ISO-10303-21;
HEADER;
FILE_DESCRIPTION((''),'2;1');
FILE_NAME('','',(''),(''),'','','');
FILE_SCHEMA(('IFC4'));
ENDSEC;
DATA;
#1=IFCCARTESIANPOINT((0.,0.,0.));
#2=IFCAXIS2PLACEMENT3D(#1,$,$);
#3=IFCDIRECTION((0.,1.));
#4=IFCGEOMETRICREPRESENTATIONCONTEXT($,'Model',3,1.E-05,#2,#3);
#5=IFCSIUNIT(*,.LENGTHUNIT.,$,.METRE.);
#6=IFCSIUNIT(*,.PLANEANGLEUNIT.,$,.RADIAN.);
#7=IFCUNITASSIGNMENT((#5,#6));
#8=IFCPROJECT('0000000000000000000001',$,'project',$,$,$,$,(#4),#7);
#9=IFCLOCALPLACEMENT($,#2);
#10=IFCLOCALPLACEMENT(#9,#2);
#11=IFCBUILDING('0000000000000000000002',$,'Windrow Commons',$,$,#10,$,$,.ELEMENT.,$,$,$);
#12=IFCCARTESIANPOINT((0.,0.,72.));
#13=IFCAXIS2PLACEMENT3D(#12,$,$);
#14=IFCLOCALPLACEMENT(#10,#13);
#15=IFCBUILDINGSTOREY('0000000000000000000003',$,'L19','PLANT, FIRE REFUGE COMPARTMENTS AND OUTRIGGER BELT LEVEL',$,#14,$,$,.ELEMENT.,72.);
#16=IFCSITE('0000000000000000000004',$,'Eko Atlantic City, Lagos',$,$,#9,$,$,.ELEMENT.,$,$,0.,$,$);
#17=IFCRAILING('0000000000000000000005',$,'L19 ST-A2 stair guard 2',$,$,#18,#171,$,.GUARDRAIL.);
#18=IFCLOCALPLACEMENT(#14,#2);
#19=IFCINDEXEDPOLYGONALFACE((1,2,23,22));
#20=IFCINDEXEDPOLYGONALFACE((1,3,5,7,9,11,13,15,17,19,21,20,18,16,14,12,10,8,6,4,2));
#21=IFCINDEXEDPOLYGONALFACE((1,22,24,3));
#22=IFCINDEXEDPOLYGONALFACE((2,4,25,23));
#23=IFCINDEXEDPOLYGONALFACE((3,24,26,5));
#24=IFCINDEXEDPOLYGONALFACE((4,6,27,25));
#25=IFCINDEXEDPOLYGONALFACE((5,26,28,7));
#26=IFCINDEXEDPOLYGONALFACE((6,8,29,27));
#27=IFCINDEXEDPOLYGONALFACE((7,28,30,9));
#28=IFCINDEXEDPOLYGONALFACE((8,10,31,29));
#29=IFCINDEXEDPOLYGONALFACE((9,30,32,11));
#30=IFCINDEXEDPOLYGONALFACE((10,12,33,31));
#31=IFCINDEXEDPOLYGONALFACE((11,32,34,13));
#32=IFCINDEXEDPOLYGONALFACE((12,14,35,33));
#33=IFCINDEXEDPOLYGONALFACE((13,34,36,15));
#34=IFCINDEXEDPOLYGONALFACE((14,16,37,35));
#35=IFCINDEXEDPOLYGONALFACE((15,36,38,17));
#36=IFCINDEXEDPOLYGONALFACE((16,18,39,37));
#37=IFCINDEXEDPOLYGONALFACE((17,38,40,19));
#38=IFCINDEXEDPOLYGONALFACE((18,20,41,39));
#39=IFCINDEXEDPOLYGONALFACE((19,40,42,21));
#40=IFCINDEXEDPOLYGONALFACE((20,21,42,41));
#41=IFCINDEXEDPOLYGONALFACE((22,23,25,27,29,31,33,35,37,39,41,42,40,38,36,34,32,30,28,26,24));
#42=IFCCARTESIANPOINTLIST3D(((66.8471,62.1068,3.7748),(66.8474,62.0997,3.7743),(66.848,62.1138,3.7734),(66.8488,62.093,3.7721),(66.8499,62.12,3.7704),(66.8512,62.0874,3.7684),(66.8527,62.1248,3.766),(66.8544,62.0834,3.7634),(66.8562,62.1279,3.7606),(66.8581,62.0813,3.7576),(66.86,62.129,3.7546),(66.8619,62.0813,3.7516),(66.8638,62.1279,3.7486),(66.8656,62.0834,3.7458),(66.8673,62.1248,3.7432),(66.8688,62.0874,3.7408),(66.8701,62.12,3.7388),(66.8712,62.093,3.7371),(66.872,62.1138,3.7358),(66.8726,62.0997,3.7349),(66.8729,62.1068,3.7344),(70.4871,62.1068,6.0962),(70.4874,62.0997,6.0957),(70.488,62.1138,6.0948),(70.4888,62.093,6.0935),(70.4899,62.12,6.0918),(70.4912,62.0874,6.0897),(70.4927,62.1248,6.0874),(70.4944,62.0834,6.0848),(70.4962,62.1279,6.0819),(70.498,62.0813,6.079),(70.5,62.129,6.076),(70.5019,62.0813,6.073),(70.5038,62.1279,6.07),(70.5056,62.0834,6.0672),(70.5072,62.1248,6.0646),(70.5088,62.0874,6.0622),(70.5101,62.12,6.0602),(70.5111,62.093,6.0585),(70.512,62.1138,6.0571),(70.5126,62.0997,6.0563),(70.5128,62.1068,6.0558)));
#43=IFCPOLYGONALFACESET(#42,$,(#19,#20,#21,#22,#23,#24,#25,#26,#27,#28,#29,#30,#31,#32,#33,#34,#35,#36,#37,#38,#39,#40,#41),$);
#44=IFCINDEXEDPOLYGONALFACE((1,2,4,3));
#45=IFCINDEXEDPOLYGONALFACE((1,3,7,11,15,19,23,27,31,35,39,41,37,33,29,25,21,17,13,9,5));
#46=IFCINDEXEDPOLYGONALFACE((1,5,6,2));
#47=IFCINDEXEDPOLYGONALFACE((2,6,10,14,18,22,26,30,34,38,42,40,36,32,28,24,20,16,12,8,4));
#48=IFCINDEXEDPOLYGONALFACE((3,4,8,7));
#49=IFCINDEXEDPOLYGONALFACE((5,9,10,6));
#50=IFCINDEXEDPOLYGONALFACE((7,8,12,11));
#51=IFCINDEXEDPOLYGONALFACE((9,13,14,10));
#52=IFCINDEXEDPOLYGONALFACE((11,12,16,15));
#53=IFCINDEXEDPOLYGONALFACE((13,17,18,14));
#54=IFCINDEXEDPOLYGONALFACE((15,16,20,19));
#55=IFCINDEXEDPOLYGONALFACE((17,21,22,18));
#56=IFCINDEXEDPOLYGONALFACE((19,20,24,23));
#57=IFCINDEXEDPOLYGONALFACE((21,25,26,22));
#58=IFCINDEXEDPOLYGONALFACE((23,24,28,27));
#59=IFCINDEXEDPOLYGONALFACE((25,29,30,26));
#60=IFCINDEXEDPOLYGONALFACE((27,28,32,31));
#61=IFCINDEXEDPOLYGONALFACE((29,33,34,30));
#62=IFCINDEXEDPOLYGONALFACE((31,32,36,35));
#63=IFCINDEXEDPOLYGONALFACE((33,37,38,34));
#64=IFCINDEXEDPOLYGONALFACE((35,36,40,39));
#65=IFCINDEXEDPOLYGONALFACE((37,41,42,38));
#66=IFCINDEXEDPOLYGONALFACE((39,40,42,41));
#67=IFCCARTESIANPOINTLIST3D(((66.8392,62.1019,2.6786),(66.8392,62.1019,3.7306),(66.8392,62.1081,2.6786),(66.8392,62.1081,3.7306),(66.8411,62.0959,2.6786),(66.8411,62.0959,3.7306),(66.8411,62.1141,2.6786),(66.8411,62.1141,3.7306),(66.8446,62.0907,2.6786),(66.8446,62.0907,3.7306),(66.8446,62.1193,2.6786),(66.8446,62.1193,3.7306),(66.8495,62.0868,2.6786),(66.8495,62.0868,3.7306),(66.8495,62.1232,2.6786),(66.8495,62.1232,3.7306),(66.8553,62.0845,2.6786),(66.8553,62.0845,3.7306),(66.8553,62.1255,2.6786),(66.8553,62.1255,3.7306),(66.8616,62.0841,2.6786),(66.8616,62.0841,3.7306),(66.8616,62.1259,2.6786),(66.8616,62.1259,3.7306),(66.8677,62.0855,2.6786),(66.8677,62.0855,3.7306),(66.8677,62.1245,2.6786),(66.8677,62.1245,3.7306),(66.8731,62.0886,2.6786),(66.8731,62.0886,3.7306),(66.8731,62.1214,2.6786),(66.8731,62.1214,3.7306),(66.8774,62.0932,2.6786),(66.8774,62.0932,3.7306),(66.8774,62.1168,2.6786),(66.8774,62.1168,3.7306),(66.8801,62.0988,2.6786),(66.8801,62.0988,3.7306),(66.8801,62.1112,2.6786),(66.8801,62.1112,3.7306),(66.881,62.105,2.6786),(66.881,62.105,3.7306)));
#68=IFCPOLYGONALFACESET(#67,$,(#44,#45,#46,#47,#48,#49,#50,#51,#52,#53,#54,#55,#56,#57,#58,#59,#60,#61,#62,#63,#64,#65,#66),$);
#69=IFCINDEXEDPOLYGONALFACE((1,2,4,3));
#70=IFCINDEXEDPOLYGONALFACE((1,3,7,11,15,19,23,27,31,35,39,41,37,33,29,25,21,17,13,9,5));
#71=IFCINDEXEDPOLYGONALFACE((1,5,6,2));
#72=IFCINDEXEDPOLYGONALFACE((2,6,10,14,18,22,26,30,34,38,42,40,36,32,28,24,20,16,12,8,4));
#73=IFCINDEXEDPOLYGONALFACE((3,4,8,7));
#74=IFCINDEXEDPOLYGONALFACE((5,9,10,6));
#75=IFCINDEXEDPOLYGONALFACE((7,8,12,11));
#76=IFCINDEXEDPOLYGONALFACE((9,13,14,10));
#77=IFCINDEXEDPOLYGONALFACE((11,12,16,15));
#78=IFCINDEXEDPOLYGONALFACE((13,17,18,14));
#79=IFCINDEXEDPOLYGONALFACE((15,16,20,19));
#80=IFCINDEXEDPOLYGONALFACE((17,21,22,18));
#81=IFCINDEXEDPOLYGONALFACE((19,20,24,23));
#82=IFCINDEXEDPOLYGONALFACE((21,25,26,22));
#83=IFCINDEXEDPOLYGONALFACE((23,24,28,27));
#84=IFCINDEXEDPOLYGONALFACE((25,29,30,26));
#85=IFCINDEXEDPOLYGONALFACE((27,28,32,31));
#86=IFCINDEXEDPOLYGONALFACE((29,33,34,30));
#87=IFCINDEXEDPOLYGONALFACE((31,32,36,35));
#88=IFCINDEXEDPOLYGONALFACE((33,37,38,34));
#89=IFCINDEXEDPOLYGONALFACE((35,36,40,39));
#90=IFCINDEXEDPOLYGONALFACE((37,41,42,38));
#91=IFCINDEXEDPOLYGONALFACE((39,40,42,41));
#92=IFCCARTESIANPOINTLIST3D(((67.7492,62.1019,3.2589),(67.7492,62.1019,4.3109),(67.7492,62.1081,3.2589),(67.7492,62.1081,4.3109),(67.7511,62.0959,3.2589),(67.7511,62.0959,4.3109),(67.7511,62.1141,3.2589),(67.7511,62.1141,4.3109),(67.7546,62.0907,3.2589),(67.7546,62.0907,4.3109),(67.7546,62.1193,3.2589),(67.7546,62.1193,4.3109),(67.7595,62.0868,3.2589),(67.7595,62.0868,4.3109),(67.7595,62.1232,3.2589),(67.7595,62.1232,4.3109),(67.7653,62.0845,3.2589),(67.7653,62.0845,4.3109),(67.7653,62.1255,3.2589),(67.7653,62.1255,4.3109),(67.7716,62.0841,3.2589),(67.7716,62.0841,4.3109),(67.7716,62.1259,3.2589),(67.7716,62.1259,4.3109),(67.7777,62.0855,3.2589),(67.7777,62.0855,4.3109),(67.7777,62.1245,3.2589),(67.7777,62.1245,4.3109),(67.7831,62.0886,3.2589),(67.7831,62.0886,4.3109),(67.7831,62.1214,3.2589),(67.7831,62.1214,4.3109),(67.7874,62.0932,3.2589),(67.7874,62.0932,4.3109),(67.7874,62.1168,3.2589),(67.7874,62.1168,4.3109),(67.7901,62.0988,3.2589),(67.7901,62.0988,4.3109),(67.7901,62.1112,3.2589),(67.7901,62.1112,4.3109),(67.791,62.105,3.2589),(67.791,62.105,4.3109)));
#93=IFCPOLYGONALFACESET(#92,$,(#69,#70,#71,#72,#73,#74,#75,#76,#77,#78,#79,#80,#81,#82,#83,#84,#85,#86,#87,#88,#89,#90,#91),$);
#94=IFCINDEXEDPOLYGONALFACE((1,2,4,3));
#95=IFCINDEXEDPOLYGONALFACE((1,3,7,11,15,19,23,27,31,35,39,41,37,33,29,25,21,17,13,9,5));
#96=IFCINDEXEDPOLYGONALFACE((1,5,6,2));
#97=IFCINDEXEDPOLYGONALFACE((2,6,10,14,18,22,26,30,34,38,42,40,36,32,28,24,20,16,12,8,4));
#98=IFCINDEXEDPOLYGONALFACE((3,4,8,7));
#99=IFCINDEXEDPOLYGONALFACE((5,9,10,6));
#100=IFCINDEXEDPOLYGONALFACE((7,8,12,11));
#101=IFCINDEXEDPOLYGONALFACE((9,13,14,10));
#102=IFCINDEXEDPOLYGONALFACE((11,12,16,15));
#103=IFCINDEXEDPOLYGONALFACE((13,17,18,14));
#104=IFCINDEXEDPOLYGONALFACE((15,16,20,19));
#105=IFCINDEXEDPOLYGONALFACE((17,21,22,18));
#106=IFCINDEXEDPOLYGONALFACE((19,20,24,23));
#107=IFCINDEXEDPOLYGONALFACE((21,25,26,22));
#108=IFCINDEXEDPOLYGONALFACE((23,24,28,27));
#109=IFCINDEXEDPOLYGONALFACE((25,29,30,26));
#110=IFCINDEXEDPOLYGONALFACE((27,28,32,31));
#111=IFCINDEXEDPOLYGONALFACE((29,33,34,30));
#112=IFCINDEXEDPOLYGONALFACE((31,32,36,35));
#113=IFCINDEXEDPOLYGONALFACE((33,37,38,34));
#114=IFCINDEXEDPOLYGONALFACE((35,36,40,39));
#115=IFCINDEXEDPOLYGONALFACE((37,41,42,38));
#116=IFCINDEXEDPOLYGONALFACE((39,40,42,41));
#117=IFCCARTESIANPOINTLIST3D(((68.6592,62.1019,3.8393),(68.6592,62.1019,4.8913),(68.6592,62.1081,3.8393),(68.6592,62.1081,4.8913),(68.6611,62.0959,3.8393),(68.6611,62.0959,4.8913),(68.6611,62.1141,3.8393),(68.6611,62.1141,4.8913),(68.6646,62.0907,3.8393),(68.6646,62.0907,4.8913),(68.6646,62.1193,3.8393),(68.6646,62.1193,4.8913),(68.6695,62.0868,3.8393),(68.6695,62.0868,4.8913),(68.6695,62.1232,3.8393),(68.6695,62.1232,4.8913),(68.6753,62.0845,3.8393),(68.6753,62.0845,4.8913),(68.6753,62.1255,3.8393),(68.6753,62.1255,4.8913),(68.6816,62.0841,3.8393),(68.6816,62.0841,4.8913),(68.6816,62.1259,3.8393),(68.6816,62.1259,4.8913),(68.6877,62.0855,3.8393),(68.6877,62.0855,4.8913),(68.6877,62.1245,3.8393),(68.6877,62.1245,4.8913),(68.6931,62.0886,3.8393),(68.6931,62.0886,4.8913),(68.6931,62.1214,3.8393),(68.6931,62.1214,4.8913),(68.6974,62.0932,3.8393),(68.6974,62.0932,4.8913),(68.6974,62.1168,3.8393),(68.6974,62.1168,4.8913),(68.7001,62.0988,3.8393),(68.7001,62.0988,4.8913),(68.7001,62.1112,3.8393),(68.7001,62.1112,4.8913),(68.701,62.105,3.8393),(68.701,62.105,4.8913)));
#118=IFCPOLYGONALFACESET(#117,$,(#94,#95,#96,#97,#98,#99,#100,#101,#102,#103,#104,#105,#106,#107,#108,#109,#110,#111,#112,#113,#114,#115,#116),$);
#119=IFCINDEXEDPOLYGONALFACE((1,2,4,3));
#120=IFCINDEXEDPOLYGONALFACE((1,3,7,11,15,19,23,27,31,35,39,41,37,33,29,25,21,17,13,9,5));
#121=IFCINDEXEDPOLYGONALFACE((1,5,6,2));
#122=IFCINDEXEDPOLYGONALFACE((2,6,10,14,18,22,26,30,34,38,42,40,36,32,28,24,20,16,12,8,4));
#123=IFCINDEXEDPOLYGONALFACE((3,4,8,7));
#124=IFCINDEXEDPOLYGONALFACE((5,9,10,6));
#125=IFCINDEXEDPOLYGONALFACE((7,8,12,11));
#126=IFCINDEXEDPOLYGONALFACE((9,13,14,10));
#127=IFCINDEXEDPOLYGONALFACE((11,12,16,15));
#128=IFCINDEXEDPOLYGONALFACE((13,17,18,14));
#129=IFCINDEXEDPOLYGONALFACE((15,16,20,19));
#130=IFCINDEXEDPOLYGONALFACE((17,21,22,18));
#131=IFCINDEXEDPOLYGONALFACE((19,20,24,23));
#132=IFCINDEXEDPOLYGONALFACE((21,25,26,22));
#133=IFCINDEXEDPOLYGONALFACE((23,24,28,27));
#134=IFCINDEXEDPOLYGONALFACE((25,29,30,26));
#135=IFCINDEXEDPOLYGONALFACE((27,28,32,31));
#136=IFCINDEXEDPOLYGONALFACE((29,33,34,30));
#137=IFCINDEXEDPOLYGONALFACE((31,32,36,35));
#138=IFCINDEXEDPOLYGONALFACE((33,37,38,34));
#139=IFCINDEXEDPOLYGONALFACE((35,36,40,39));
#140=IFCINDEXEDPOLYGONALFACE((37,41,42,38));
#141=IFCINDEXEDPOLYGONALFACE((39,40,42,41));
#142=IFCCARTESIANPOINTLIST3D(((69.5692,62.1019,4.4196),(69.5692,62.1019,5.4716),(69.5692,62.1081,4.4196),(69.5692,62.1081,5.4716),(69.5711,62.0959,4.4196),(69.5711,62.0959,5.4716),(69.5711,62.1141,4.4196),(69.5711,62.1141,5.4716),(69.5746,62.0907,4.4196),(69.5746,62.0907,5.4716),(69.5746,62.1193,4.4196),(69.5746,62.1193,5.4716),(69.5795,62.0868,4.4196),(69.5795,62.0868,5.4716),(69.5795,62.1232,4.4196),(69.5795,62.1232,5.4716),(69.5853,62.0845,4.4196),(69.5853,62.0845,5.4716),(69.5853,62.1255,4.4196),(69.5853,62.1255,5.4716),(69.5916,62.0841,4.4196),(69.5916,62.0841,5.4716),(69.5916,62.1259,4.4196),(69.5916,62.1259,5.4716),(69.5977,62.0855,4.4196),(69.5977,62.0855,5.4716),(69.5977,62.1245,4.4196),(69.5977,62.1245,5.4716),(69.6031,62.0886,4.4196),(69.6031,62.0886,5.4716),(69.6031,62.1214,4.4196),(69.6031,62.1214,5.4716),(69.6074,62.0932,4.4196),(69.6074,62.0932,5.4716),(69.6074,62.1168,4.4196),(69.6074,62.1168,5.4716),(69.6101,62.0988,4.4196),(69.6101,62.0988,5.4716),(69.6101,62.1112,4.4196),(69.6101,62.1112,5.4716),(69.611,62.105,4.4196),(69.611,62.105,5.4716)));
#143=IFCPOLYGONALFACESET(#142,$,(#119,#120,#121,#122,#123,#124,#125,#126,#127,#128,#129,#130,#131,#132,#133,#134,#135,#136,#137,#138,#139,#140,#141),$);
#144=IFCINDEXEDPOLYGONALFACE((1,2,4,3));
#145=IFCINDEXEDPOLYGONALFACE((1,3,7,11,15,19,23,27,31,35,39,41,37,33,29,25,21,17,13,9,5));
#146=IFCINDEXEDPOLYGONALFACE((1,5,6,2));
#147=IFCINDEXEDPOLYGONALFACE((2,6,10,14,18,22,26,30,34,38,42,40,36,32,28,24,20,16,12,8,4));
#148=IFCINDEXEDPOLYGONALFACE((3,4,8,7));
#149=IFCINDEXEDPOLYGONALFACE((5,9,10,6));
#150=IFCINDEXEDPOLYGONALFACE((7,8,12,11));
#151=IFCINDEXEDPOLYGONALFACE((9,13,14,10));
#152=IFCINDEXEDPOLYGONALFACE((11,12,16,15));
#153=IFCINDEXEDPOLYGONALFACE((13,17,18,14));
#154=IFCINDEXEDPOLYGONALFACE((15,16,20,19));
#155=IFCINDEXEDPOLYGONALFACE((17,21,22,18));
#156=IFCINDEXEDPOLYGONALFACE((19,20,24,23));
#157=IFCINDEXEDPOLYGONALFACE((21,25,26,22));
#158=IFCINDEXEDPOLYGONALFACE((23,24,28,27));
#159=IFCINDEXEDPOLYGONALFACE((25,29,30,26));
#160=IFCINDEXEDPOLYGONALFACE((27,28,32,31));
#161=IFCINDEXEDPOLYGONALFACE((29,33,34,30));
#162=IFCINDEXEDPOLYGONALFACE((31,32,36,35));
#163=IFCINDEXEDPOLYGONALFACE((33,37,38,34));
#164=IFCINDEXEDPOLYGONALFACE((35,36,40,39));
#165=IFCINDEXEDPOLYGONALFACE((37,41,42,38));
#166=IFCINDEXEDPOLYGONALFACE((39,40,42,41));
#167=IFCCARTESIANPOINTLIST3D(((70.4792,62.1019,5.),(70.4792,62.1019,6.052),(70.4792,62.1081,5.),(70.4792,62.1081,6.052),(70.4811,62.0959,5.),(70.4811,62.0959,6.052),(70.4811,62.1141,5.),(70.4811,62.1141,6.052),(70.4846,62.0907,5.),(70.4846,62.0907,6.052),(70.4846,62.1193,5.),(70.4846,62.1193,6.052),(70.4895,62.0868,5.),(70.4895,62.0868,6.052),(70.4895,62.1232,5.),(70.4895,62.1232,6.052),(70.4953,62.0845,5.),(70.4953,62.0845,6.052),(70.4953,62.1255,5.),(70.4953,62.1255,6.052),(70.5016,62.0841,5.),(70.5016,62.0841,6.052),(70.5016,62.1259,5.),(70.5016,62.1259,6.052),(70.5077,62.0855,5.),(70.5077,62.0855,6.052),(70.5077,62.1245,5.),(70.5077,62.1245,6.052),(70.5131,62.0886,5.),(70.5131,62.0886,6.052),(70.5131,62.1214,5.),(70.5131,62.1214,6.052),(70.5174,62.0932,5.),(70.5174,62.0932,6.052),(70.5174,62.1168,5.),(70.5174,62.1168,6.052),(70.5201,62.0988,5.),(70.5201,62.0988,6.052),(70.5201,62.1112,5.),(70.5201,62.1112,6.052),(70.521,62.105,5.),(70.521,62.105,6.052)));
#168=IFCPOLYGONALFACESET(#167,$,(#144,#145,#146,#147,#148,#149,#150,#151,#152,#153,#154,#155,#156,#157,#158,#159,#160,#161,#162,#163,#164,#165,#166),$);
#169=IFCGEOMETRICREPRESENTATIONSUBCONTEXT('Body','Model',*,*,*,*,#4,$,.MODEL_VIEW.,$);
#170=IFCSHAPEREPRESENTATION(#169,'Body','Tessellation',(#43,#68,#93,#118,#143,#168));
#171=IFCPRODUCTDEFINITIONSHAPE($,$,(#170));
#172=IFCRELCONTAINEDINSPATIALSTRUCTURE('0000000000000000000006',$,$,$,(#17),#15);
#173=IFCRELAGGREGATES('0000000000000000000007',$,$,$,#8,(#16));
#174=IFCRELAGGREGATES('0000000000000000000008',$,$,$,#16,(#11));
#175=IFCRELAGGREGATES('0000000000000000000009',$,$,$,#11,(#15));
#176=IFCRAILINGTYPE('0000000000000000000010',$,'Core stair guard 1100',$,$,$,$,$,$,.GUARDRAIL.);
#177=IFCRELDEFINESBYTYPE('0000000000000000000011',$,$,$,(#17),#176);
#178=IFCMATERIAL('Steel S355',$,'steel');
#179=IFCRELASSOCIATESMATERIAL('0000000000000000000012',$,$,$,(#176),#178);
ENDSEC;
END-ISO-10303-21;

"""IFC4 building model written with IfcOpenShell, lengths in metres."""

from ifc_helpers import new_model, si_unit, direction, frame, origin, origin_2d, place, context, subcontext, project, spatial, circle, extrude, material, type_object, element, save


model = new_model("IFC4")

# Units and contexts
model_context = context("Model", 3, precision=1e-05, world=origin(), true_north=direction((0.0, 1.0)))
body_context = subcontext(model_context, "Body", "Model", "MODEL_VIEW")
ifc_project = project(units=[si_unit("LENGTHUNIT", "METRE"), si_unit("PLANEANGLEUNIT", "RADIAN")], contexts=[model_context])

# Site, building, storey
site_placement = place(None, origin())
site = spatial("IfcSite", under=ifc_project, at=site_placement, Name="Eko Atlantic City, Lagos", CompositionType="ELEMENT", RefElevation=0.0)
building_placement = place(site_placement, origin())
building = spatial("IfcBuilding", under=site, at=building_placement, Name="Windrow Commons", CompositionType="ELEMENT")
storey_placement = place(building_placement, frame((0.0, 0.0, 72.0)))
storey = spatial("IfcBuildingStorey", under=building, at=storey_placement, Name="L19", Description="PLANT, FIRE REFUGE COMPARTMENTS AND OUTRIGGER BELT LEVEL", CompositionType="ELEMENT", Elevation=72.0)

# Railing
ifc_material_1 = material(Name="Steel S355", Category="steel")
railing_type_1 = type_object("IfcRailingType", Name="Core stair guard 1100", PredefinedType="GUARDRAIL", material=ifc_material_1)
railing_1_placement = place(storey_placement, frame((66.86, 62.105, 2.6786)))
element("IfcRailing", 1, at=railing_1_placement, inside=storey, type_object=railing_type_1, Name="L19 ST-A2 stair guard 2", PredefinedType="GUARDRAIL", context=body_context, shape_type="SweptSolid", body=[
    extrude(circle(Radius=0.024, at=origin_2d()), frame((0.0, 0.0, 1.076), z_axis=(0.843133, 0.0, 0.537706), x_axis=(0.0, 1.0, 0.0)), (0.0, 0.0, 1.0), 4.3172),
    extrude(circle(Radius=0.021, at=origin_2d()), origin(), (0.0, 0.0, 1.0), 1.052),
    extrude(circle(Radius=0.021, at=origin_2d()), frame((0.91, 0.0, 0.5803)), (0.0, 0.0, 1.0), 1.052),
    extrude(circle(Radius=0.021, at=origin_2d()), frame((1.82, 0.0, 1.1607)), (0.0, 0.0, 1.0), 1.052),
    extrude(circle(Radius=0.021, at=origin_2d()), frame((2.73, 0.0, 1.741)), (0.0, 0.0, 1.0), 1.052),
    extrude(circle(Radius=0.021, at=origin_2d()), frame((3.64, 0.0, 2.3214)), (0.0, 0.0, 1.0), 1.052),
])

save(model, "model.ifc")
